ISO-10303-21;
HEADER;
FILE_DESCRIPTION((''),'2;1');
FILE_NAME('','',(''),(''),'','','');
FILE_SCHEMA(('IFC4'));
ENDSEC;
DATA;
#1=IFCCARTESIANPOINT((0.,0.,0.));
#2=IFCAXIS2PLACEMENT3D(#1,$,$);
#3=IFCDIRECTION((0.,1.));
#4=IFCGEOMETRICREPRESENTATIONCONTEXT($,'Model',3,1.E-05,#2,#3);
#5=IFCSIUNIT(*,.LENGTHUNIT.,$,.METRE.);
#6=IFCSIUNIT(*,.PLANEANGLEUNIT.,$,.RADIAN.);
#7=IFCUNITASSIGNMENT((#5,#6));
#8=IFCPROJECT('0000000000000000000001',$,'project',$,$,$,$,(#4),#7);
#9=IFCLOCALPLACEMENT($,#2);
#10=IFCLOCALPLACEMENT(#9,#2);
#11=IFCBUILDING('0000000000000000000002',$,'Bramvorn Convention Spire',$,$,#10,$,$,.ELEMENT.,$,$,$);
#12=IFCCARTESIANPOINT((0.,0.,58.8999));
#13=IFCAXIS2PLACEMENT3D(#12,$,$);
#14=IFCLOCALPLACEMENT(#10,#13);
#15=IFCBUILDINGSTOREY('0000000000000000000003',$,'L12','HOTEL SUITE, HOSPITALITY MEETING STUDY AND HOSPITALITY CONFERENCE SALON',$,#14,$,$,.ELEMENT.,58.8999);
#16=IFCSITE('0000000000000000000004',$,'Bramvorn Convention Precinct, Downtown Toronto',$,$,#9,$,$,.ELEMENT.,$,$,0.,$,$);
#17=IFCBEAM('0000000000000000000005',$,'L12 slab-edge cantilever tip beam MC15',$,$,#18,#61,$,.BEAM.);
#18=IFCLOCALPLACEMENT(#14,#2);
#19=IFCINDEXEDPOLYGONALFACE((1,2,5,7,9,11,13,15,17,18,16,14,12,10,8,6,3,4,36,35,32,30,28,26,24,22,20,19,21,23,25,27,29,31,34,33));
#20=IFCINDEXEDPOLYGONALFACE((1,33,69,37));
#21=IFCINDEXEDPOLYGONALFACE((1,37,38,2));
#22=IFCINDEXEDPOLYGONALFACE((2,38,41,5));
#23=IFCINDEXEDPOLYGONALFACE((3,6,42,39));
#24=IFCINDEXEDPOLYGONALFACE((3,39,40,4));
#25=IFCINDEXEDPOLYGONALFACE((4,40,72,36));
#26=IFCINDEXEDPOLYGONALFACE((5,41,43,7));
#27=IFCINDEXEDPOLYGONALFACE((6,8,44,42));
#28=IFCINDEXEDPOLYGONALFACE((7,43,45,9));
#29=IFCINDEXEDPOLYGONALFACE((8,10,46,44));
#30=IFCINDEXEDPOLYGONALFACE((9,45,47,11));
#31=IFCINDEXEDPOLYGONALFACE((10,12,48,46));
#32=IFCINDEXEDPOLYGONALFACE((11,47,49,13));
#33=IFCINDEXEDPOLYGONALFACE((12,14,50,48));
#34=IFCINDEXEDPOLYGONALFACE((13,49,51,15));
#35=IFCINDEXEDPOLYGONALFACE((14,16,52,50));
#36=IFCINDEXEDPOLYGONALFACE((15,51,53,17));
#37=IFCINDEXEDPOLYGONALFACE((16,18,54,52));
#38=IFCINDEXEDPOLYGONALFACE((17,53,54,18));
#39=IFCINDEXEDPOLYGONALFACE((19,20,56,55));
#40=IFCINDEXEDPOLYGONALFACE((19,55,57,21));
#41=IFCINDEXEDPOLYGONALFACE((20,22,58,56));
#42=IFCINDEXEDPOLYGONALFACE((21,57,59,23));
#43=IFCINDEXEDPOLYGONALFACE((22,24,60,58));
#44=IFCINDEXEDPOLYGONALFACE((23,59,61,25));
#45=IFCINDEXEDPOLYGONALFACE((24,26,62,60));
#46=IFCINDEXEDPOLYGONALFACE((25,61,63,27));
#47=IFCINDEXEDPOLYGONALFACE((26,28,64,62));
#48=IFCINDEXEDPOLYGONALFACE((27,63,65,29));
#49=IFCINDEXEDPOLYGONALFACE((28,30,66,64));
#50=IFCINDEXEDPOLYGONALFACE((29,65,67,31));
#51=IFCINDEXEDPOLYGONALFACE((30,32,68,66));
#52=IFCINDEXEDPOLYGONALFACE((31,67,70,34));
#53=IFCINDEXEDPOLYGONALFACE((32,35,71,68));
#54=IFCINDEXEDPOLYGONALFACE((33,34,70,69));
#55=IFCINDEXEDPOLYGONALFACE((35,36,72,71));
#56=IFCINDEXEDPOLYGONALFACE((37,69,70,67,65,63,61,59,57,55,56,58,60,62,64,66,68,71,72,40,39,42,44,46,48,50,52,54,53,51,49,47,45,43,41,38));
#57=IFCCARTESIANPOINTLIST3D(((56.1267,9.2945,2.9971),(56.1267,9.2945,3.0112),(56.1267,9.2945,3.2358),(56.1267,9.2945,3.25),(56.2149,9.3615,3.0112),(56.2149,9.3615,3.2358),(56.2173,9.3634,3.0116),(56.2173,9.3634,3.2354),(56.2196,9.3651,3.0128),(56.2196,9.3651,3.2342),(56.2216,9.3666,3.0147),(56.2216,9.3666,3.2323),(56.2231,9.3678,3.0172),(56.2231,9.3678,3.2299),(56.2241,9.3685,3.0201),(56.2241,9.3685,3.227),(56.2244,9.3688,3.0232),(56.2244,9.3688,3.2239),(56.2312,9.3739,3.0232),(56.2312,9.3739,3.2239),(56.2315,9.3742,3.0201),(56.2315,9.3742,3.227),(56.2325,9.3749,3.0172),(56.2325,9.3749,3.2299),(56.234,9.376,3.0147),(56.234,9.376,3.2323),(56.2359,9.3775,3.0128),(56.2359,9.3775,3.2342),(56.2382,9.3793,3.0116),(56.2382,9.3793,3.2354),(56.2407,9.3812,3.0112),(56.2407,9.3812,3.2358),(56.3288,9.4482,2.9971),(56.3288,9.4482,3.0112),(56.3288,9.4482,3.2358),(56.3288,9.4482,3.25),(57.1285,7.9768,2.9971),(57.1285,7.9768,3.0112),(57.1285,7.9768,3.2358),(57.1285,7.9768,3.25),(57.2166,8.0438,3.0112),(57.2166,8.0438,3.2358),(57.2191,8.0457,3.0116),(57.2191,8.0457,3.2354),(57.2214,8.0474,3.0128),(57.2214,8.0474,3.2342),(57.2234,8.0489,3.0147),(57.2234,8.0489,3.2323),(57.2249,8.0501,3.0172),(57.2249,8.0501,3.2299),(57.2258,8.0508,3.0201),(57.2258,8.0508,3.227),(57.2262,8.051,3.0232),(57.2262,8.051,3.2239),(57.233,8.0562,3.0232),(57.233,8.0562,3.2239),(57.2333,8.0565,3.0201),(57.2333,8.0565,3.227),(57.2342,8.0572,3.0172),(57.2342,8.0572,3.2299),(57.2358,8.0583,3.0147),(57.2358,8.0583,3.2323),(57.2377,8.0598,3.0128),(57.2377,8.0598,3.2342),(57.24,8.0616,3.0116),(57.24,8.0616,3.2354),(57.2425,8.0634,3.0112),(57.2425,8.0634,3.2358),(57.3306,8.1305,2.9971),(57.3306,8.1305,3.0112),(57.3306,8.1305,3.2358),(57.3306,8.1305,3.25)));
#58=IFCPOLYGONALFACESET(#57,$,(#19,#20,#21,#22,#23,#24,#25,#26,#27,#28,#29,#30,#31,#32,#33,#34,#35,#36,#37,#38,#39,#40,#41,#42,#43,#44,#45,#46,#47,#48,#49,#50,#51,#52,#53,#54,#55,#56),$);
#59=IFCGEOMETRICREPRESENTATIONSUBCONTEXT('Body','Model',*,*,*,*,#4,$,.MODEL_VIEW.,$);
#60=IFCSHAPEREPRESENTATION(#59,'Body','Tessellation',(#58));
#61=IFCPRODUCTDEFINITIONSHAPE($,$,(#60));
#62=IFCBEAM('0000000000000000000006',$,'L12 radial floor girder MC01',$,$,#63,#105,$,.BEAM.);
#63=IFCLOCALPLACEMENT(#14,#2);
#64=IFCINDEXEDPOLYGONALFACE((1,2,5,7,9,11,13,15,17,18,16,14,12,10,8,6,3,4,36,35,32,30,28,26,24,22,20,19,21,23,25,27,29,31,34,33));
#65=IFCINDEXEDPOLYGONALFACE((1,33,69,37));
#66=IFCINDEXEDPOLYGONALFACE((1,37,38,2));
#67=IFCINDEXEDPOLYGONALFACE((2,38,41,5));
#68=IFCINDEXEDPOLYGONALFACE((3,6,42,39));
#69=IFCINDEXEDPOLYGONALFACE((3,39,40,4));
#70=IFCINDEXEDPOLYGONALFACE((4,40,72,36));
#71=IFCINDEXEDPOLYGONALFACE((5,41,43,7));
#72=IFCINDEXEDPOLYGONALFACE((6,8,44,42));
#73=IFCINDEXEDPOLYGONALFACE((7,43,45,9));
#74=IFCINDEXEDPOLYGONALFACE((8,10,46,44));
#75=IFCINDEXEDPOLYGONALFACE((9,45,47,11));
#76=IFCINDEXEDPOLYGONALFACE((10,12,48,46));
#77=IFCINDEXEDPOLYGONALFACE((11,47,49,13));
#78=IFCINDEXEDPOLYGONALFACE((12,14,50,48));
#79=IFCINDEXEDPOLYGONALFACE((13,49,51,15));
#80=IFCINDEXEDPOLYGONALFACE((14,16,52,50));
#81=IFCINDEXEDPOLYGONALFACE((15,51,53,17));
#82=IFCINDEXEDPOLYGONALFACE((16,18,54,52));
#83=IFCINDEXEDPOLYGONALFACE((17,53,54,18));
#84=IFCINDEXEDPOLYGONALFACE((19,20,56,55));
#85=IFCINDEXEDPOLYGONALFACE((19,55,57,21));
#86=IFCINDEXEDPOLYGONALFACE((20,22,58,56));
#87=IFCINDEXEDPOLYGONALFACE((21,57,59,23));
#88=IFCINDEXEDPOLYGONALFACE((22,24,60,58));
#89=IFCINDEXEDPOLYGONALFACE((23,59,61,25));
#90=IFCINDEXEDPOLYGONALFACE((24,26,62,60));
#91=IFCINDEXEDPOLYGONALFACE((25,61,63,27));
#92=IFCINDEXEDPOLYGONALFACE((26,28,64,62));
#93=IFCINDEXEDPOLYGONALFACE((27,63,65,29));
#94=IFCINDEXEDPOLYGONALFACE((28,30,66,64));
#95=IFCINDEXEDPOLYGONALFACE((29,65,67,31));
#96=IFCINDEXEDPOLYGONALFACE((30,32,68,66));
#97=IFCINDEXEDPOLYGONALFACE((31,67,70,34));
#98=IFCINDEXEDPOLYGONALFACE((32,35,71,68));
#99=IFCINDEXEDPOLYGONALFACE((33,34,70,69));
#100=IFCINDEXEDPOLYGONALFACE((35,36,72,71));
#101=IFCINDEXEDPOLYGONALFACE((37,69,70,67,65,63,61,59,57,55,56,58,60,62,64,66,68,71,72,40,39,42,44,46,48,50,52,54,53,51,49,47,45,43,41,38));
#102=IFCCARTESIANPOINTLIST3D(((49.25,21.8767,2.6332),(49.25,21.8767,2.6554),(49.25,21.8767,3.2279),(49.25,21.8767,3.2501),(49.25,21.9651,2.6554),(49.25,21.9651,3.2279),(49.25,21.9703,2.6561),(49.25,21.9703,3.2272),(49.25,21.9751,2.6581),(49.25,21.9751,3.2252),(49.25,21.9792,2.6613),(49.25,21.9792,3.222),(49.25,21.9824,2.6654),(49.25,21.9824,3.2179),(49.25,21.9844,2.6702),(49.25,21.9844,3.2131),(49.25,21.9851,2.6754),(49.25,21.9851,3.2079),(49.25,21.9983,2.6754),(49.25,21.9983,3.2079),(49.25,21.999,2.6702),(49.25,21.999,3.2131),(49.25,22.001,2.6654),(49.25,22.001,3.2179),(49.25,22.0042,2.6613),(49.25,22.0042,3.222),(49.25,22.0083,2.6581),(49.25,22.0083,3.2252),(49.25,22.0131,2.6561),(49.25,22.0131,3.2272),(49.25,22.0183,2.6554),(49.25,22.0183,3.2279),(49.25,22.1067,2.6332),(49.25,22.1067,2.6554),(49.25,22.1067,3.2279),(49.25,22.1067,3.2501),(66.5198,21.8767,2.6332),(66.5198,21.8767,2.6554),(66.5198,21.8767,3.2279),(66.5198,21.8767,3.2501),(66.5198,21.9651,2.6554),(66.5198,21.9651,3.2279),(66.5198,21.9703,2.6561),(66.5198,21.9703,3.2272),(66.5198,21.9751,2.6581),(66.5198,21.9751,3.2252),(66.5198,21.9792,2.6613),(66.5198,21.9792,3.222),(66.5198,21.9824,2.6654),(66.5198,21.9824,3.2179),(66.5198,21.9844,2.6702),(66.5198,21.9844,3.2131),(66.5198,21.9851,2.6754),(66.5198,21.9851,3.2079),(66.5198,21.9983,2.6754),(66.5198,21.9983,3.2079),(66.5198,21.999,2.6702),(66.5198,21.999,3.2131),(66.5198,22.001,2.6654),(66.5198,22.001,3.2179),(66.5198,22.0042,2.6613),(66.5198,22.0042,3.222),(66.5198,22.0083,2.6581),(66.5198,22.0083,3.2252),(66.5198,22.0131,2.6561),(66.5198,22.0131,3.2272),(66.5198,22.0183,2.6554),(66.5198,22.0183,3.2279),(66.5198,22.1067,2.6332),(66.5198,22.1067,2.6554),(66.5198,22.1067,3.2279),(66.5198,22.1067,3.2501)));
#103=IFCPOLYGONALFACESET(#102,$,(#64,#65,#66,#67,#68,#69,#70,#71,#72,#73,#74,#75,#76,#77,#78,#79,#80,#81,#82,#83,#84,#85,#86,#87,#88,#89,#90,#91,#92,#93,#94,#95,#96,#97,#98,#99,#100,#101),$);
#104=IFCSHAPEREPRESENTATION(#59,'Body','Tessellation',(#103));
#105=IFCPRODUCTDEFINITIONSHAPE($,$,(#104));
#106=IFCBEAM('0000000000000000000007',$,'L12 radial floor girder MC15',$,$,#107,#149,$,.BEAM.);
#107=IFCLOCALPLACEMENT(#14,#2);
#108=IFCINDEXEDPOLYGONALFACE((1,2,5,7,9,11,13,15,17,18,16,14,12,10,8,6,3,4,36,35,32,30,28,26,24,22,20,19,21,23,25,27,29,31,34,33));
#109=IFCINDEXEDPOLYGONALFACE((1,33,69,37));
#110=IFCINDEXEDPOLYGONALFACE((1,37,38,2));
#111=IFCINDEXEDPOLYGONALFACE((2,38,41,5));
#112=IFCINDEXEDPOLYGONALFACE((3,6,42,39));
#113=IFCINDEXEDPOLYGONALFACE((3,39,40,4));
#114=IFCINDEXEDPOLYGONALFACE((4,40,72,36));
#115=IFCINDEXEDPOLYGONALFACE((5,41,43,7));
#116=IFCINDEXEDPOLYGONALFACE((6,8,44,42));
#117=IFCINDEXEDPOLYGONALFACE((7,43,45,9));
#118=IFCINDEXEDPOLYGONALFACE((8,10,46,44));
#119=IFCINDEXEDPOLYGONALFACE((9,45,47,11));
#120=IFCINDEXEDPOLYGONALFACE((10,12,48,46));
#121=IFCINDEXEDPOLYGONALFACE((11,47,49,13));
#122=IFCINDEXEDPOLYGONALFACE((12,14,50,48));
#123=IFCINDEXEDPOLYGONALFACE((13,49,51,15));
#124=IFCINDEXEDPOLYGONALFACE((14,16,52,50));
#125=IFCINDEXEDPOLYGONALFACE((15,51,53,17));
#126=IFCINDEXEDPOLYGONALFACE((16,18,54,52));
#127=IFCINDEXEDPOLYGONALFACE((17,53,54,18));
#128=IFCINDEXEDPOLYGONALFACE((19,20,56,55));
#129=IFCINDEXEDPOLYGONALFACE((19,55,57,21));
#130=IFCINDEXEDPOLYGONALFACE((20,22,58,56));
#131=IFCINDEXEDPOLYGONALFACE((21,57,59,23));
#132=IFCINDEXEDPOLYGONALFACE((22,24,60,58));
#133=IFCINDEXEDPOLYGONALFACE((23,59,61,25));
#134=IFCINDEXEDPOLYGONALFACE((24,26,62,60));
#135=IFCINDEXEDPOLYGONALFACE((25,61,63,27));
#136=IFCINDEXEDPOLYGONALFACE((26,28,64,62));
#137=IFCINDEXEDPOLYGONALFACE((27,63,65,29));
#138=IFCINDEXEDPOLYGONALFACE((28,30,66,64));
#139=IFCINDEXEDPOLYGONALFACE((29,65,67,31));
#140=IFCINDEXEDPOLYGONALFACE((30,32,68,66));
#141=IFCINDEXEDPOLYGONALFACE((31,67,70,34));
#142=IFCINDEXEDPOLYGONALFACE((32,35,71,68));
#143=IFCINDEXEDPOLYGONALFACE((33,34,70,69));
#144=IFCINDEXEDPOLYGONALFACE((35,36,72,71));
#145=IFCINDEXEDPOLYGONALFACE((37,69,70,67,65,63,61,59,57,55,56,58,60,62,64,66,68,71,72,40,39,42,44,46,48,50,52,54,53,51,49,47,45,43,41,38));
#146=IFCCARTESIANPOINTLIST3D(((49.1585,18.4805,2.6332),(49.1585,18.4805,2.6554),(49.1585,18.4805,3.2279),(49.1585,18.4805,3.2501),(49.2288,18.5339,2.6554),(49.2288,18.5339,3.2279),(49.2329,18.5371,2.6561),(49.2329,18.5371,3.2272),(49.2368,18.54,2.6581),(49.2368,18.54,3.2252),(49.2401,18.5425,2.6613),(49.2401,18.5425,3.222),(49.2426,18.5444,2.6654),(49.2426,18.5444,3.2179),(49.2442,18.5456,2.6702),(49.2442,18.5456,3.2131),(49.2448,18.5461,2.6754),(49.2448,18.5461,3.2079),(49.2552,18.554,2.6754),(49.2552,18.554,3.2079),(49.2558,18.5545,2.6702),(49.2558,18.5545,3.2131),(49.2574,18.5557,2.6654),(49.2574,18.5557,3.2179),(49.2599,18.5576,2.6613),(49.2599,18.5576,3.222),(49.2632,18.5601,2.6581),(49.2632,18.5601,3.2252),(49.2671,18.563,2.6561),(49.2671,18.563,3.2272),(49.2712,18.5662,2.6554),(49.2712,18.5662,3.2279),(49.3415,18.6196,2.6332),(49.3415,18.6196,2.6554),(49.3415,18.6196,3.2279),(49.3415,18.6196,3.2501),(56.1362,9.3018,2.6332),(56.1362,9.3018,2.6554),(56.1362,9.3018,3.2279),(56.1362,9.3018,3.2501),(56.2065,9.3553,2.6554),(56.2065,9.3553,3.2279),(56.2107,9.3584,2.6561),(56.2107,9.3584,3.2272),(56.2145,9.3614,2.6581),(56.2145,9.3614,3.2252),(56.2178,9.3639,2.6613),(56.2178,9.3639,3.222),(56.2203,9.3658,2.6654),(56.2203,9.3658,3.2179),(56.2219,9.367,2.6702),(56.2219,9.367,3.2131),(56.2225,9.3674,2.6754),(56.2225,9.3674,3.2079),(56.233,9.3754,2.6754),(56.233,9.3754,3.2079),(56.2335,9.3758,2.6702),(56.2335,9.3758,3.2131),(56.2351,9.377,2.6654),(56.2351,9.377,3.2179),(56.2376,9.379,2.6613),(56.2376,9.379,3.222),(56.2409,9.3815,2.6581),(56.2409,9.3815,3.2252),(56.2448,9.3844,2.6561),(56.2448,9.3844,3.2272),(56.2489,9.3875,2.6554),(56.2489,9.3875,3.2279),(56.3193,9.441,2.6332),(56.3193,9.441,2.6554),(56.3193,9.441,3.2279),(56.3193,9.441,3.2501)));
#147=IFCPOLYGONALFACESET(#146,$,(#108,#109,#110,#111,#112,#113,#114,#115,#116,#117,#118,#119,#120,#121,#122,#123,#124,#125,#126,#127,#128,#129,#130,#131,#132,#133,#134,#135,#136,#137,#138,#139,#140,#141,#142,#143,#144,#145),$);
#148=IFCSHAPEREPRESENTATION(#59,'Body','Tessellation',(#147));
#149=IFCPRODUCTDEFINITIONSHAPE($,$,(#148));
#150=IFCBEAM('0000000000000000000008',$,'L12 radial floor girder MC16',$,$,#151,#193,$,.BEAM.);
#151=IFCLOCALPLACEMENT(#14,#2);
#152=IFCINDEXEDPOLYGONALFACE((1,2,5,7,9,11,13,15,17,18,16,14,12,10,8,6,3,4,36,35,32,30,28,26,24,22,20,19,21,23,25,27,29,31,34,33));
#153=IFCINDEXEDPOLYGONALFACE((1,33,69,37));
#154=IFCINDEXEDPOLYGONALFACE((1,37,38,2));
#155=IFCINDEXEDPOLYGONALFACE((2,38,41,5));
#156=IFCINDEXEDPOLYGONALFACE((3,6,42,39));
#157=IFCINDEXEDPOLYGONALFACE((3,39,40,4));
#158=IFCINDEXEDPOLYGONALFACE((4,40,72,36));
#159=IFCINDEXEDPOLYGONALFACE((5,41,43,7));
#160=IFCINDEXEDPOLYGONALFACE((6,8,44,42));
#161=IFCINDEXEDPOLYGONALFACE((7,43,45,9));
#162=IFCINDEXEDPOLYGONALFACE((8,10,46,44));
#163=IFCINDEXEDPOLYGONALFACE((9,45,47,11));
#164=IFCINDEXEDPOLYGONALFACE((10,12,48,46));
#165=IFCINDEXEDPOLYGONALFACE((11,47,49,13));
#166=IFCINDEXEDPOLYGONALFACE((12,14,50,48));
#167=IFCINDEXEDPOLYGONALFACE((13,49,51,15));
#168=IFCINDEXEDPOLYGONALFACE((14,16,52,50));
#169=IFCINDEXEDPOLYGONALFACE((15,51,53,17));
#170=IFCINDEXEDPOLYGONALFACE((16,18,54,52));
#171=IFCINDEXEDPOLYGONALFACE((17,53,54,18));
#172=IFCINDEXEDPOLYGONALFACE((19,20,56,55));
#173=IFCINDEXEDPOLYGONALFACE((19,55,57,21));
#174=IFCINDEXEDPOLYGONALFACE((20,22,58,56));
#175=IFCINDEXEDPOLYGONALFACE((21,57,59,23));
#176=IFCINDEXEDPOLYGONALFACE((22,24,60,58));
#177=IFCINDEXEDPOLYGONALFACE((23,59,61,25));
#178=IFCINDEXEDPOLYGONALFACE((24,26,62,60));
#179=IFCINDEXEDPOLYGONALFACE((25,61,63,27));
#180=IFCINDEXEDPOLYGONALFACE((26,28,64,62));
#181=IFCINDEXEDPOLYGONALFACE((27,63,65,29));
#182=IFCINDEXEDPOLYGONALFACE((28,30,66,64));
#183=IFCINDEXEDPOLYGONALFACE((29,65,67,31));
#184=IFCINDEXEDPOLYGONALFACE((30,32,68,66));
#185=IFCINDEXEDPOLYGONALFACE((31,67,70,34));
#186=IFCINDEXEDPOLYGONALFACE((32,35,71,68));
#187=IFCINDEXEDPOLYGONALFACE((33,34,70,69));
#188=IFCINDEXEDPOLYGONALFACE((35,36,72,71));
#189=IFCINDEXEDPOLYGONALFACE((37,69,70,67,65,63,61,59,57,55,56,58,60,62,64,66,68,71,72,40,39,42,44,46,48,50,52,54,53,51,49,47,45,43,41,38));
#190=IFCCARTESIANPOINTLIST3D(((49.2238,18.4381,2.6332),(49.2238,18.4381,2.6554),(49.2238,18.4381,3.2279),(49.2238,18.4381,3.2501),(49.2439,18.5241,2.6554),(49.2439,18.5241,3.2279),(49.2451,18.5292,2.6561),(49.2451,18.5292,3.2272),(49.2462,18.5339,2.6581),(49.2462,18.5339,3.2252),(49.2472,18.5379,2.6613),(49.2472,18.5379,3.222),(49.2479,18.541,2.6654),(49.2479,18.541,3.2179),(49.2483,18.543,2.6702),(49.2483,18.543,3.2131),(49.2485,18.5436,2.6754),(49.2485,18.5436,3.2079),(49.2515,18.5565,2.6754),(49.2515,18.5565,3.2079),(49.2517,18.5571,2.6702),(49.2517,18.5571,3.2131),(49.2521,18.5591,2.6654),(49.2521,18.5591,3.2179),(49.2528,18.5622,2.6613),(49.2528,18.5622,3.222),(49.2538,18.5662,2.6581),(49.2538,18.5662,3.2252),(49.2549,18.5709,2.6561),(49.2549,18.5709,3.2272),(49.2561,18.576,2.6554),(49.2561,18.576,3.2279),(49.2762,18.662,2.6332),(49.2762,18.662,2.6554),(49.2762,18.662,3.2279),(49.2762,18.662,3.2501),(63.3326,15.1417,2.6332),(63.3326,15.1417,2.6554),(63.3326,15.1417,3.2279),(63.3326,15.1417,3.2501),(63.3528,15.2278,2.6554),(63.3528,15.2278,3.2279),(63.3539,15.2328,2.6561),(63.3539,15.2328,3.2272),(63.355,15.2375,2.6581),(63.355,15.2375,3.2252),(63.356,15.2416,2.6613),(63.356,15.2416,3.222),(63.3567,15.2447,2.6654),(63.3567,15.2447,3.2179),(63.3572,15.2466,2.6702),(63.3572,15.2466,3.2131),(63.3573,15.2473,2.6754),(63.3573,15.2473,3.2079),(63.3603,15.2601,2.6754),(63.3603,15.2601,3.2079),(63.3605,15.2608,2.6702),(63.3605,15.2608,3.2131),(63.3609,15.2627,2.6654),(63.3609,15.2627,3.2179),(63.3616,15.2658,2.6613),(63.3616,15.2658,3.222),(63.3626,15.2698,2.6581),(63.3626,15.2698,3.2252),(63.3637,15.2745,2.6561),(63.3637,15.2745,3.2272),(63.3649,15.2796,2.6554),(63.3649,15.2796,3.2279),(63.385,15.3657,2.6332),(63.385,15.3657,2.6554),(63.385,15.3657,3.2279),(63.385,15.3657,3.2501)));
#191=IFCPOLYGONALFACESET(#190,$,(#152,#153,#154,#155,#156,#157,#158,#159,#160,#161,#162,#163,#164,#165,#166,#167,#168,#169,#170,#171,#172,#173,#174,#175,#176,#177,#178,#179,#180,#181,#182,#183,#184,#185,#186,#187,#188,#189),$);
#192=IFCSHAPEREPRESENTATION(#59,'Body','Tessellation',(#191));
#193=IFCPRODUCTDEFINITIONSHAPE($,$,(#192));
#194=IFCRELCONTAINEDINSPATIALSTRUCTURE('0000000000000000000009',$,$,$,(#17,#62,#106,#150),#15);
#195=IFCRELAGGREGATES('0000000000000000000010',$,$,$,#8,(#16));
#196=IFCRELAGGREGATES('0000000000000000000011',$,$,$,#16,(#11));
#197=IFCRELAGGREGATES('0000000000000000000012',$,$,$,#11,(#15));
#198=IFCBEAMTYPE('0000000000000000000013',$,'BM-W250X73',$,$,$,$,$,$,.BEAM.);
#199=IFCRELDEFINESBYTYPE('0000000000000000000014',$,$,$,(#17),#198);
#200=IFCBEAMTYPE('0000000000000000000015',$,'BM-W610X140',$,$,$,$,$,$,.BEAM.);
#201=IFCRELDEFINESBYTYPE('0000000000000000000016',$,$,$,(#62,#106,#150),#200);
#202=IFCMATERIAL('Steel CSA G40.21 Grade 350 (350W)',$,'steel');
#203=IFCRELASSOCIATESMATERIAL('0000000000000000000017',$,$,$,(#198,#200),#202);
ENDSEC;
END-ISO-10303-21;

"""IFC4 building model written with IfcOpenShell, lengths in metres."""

from ifc_helpers import new_model, si_unit, direction, frame, origin, origin_2d, place, context, subcontext, project, spatial, i_section, extrude, material, material_profile, profile_set, type_object, element, save


model = new_model("IFC4")

# Units and contexts
model_context = context("Model", 3, precision=1e-05, world=origin(), true_north=direction((0.0, 1.0)))
body_context = subcontext(model_context, "Body", "Model", "MODEL_VIEW")
ifc_project = project(units=[si_unit("LENGTHUNIT", "METRE"), si_unit("PLANEANGLEUNIT", "RADIAN")], contexts=[model_context])

# Site, building, storey
site_placement = place(None, origin())
site = spatial("IfcSite", under=ifc_project, at=site_placement, Name="Bramvorn Convention Precinct, Downtown Toronto", CompositionType="ELEMENT", RefElevation=0.0)
building_placement = place(site_placement, origin())
building = spatial("IfcBuilding", under=site, at=building_placement, Name="Bramvorn Convention Spire", CompositionType="ELEMENT")
storey_placement = place(building_placement, frame((0.0, 0.0, 58.8999)))
storey = spatial("IfcBuildingStorey", under=building, at=storey_placement, Name="L12", Description="HOTEL SUITE, HOSPITALITY MEETING STUDY AND HOSPITALITY CONFERENCE SALON", CompositionType="ELEMENT", Elevation=58.8999)

# Shared definitions
ifc_material_1 = material(Name="Steel CSA G40.21 Grade 350 (350W)", Category="steel")

# Beams
ifc_material_profile_1 = material_profile(ifc_material_1, i_section(OverallWidth=0.2539, OverallDepth=0.2529, WebThickness=0.0085, FlangeThickness=0.0142, FilletRadius=0.012, at=origin_2d()))
ifc_profile_set_1 = profile_set([ifc_material_profile_1], Name="Steel CSA G40.21 Grade 350 (350W) - W250X73")
beam_type_1 = type_object("IfcBeamType", Name="BM-W250X73", PredefinedType="BEAM", material=ifc_profile_set_1)
beam_1_placement = place(storey_placement, frame((56.2278, 9.3713, 3.1235), z_axis=(0.605203, -0.796071, 0.0), x_axis=(0.796071, 0.605203, 0.0)))
element("IfcBeam", 1, at=beam_1_placement, inside=storey, type_object=beam_type_1, Name="L12 slab-edge cantilever tip beam MC15", PredefinedType="BEAM", context=body_context, shape_type="SweptSolid", body=[
    extrude(i_section(OverallWidth=0.2539, OverallDepth=0.2529, WebThickness=0.0085, FlangeThickness=0.0142, FilletRadius=0.012, at=origin_2d()), origin(), (0.0, 0.0, 1.0), 1.6553),
])
ifc_material_profile_2 = material_profile(ifc_material_1, i_section(OverallWidth=0.23, OverallDepth=0.6169, WebThickness=0.0132, FlangeThickness=0.0222, FilletRadius=0.02, at=origin_2d()))
ifc_profile_set_2 = profile_set([ifc_material_profile_2], Name="Steel CSA G40.21 Grade 350 (350W) - W610X140")
beam_type_2 = type_object("IfcBeamType", Name="BM-W610X140", PredefinedType="BEAM", material=ifc_profile_set_2)
beam_2_placement = place(storey_placement, frame((49.25, 21.9917, 2.9417), z_axis=(1.0, 0.0, 0.0), x_axis=(0.0, 1.0, 0.0)))
element("IfcBeam", 2, at=beam_2_placement, inside=storey, type_object=beam_type_2, Name="L12 radial floor girder MC01", PredefinedType="BEAM", context=body_context, shape_type="SweptSolid", body=[
    extrude(i_section(OverallWidth=0.23, OverallDepth=0.6169, WebThickness=0.0132, FlangeThickness=0.0222, FilletRadius=0.02, at=origin_2d()), origin(), (0.0, 0.0, 1.0), 17.2698),
])
beam_3_placement = place(storey_placement, frame((49.25, 18.55, 2.9417), z_axis=(0.605191, -0.79608, 0.0), x_axis=(0.79608, 0.605191, 0.0)))
element("IfcBeam", 3, at=beam_3_placement, inside=storey, type_object=beam_type_2, Name="L12 radial floor girder MC15", PredefinedType="BEAM", context=body_context, shape_type="SweptSolid", body=[
    extrude(i_section(OverallWidth=0.23, OverallDepth=0.6169, WebThickness=0.0132, FlangeThickness=0.0222, FilletRadius=0.02, at=origin_2d()), origin(), (0.0, 0.0, 1.0), 11.5298),
])
beam_4_placement = place(storey_placement, frame((49.25, 18.55, 2.9417), z_axis=(0.973775, -0.227512, 0.0), x_axis=(0.227512, 0.973775, 0.0)))
element("IfcBeam", 4, at=beam_4_placement, inside=storey, type_object=beam_type_2, Name="L12 radial floor girder MC16", PredefinedType="BEAM", context=body_context, shape_type="SweptSolid", body=[
    extrude(i_section(OverallWidth=0.23, OverallDepth=0.6169, WebThickness=0.0132, FlangeThickness=0.0222, FilletRadius=0.02, at=origin_2d()), origin(), (0.0, 0.0, 1.0), 14.4888),
])

save(model, "model.ifc")
